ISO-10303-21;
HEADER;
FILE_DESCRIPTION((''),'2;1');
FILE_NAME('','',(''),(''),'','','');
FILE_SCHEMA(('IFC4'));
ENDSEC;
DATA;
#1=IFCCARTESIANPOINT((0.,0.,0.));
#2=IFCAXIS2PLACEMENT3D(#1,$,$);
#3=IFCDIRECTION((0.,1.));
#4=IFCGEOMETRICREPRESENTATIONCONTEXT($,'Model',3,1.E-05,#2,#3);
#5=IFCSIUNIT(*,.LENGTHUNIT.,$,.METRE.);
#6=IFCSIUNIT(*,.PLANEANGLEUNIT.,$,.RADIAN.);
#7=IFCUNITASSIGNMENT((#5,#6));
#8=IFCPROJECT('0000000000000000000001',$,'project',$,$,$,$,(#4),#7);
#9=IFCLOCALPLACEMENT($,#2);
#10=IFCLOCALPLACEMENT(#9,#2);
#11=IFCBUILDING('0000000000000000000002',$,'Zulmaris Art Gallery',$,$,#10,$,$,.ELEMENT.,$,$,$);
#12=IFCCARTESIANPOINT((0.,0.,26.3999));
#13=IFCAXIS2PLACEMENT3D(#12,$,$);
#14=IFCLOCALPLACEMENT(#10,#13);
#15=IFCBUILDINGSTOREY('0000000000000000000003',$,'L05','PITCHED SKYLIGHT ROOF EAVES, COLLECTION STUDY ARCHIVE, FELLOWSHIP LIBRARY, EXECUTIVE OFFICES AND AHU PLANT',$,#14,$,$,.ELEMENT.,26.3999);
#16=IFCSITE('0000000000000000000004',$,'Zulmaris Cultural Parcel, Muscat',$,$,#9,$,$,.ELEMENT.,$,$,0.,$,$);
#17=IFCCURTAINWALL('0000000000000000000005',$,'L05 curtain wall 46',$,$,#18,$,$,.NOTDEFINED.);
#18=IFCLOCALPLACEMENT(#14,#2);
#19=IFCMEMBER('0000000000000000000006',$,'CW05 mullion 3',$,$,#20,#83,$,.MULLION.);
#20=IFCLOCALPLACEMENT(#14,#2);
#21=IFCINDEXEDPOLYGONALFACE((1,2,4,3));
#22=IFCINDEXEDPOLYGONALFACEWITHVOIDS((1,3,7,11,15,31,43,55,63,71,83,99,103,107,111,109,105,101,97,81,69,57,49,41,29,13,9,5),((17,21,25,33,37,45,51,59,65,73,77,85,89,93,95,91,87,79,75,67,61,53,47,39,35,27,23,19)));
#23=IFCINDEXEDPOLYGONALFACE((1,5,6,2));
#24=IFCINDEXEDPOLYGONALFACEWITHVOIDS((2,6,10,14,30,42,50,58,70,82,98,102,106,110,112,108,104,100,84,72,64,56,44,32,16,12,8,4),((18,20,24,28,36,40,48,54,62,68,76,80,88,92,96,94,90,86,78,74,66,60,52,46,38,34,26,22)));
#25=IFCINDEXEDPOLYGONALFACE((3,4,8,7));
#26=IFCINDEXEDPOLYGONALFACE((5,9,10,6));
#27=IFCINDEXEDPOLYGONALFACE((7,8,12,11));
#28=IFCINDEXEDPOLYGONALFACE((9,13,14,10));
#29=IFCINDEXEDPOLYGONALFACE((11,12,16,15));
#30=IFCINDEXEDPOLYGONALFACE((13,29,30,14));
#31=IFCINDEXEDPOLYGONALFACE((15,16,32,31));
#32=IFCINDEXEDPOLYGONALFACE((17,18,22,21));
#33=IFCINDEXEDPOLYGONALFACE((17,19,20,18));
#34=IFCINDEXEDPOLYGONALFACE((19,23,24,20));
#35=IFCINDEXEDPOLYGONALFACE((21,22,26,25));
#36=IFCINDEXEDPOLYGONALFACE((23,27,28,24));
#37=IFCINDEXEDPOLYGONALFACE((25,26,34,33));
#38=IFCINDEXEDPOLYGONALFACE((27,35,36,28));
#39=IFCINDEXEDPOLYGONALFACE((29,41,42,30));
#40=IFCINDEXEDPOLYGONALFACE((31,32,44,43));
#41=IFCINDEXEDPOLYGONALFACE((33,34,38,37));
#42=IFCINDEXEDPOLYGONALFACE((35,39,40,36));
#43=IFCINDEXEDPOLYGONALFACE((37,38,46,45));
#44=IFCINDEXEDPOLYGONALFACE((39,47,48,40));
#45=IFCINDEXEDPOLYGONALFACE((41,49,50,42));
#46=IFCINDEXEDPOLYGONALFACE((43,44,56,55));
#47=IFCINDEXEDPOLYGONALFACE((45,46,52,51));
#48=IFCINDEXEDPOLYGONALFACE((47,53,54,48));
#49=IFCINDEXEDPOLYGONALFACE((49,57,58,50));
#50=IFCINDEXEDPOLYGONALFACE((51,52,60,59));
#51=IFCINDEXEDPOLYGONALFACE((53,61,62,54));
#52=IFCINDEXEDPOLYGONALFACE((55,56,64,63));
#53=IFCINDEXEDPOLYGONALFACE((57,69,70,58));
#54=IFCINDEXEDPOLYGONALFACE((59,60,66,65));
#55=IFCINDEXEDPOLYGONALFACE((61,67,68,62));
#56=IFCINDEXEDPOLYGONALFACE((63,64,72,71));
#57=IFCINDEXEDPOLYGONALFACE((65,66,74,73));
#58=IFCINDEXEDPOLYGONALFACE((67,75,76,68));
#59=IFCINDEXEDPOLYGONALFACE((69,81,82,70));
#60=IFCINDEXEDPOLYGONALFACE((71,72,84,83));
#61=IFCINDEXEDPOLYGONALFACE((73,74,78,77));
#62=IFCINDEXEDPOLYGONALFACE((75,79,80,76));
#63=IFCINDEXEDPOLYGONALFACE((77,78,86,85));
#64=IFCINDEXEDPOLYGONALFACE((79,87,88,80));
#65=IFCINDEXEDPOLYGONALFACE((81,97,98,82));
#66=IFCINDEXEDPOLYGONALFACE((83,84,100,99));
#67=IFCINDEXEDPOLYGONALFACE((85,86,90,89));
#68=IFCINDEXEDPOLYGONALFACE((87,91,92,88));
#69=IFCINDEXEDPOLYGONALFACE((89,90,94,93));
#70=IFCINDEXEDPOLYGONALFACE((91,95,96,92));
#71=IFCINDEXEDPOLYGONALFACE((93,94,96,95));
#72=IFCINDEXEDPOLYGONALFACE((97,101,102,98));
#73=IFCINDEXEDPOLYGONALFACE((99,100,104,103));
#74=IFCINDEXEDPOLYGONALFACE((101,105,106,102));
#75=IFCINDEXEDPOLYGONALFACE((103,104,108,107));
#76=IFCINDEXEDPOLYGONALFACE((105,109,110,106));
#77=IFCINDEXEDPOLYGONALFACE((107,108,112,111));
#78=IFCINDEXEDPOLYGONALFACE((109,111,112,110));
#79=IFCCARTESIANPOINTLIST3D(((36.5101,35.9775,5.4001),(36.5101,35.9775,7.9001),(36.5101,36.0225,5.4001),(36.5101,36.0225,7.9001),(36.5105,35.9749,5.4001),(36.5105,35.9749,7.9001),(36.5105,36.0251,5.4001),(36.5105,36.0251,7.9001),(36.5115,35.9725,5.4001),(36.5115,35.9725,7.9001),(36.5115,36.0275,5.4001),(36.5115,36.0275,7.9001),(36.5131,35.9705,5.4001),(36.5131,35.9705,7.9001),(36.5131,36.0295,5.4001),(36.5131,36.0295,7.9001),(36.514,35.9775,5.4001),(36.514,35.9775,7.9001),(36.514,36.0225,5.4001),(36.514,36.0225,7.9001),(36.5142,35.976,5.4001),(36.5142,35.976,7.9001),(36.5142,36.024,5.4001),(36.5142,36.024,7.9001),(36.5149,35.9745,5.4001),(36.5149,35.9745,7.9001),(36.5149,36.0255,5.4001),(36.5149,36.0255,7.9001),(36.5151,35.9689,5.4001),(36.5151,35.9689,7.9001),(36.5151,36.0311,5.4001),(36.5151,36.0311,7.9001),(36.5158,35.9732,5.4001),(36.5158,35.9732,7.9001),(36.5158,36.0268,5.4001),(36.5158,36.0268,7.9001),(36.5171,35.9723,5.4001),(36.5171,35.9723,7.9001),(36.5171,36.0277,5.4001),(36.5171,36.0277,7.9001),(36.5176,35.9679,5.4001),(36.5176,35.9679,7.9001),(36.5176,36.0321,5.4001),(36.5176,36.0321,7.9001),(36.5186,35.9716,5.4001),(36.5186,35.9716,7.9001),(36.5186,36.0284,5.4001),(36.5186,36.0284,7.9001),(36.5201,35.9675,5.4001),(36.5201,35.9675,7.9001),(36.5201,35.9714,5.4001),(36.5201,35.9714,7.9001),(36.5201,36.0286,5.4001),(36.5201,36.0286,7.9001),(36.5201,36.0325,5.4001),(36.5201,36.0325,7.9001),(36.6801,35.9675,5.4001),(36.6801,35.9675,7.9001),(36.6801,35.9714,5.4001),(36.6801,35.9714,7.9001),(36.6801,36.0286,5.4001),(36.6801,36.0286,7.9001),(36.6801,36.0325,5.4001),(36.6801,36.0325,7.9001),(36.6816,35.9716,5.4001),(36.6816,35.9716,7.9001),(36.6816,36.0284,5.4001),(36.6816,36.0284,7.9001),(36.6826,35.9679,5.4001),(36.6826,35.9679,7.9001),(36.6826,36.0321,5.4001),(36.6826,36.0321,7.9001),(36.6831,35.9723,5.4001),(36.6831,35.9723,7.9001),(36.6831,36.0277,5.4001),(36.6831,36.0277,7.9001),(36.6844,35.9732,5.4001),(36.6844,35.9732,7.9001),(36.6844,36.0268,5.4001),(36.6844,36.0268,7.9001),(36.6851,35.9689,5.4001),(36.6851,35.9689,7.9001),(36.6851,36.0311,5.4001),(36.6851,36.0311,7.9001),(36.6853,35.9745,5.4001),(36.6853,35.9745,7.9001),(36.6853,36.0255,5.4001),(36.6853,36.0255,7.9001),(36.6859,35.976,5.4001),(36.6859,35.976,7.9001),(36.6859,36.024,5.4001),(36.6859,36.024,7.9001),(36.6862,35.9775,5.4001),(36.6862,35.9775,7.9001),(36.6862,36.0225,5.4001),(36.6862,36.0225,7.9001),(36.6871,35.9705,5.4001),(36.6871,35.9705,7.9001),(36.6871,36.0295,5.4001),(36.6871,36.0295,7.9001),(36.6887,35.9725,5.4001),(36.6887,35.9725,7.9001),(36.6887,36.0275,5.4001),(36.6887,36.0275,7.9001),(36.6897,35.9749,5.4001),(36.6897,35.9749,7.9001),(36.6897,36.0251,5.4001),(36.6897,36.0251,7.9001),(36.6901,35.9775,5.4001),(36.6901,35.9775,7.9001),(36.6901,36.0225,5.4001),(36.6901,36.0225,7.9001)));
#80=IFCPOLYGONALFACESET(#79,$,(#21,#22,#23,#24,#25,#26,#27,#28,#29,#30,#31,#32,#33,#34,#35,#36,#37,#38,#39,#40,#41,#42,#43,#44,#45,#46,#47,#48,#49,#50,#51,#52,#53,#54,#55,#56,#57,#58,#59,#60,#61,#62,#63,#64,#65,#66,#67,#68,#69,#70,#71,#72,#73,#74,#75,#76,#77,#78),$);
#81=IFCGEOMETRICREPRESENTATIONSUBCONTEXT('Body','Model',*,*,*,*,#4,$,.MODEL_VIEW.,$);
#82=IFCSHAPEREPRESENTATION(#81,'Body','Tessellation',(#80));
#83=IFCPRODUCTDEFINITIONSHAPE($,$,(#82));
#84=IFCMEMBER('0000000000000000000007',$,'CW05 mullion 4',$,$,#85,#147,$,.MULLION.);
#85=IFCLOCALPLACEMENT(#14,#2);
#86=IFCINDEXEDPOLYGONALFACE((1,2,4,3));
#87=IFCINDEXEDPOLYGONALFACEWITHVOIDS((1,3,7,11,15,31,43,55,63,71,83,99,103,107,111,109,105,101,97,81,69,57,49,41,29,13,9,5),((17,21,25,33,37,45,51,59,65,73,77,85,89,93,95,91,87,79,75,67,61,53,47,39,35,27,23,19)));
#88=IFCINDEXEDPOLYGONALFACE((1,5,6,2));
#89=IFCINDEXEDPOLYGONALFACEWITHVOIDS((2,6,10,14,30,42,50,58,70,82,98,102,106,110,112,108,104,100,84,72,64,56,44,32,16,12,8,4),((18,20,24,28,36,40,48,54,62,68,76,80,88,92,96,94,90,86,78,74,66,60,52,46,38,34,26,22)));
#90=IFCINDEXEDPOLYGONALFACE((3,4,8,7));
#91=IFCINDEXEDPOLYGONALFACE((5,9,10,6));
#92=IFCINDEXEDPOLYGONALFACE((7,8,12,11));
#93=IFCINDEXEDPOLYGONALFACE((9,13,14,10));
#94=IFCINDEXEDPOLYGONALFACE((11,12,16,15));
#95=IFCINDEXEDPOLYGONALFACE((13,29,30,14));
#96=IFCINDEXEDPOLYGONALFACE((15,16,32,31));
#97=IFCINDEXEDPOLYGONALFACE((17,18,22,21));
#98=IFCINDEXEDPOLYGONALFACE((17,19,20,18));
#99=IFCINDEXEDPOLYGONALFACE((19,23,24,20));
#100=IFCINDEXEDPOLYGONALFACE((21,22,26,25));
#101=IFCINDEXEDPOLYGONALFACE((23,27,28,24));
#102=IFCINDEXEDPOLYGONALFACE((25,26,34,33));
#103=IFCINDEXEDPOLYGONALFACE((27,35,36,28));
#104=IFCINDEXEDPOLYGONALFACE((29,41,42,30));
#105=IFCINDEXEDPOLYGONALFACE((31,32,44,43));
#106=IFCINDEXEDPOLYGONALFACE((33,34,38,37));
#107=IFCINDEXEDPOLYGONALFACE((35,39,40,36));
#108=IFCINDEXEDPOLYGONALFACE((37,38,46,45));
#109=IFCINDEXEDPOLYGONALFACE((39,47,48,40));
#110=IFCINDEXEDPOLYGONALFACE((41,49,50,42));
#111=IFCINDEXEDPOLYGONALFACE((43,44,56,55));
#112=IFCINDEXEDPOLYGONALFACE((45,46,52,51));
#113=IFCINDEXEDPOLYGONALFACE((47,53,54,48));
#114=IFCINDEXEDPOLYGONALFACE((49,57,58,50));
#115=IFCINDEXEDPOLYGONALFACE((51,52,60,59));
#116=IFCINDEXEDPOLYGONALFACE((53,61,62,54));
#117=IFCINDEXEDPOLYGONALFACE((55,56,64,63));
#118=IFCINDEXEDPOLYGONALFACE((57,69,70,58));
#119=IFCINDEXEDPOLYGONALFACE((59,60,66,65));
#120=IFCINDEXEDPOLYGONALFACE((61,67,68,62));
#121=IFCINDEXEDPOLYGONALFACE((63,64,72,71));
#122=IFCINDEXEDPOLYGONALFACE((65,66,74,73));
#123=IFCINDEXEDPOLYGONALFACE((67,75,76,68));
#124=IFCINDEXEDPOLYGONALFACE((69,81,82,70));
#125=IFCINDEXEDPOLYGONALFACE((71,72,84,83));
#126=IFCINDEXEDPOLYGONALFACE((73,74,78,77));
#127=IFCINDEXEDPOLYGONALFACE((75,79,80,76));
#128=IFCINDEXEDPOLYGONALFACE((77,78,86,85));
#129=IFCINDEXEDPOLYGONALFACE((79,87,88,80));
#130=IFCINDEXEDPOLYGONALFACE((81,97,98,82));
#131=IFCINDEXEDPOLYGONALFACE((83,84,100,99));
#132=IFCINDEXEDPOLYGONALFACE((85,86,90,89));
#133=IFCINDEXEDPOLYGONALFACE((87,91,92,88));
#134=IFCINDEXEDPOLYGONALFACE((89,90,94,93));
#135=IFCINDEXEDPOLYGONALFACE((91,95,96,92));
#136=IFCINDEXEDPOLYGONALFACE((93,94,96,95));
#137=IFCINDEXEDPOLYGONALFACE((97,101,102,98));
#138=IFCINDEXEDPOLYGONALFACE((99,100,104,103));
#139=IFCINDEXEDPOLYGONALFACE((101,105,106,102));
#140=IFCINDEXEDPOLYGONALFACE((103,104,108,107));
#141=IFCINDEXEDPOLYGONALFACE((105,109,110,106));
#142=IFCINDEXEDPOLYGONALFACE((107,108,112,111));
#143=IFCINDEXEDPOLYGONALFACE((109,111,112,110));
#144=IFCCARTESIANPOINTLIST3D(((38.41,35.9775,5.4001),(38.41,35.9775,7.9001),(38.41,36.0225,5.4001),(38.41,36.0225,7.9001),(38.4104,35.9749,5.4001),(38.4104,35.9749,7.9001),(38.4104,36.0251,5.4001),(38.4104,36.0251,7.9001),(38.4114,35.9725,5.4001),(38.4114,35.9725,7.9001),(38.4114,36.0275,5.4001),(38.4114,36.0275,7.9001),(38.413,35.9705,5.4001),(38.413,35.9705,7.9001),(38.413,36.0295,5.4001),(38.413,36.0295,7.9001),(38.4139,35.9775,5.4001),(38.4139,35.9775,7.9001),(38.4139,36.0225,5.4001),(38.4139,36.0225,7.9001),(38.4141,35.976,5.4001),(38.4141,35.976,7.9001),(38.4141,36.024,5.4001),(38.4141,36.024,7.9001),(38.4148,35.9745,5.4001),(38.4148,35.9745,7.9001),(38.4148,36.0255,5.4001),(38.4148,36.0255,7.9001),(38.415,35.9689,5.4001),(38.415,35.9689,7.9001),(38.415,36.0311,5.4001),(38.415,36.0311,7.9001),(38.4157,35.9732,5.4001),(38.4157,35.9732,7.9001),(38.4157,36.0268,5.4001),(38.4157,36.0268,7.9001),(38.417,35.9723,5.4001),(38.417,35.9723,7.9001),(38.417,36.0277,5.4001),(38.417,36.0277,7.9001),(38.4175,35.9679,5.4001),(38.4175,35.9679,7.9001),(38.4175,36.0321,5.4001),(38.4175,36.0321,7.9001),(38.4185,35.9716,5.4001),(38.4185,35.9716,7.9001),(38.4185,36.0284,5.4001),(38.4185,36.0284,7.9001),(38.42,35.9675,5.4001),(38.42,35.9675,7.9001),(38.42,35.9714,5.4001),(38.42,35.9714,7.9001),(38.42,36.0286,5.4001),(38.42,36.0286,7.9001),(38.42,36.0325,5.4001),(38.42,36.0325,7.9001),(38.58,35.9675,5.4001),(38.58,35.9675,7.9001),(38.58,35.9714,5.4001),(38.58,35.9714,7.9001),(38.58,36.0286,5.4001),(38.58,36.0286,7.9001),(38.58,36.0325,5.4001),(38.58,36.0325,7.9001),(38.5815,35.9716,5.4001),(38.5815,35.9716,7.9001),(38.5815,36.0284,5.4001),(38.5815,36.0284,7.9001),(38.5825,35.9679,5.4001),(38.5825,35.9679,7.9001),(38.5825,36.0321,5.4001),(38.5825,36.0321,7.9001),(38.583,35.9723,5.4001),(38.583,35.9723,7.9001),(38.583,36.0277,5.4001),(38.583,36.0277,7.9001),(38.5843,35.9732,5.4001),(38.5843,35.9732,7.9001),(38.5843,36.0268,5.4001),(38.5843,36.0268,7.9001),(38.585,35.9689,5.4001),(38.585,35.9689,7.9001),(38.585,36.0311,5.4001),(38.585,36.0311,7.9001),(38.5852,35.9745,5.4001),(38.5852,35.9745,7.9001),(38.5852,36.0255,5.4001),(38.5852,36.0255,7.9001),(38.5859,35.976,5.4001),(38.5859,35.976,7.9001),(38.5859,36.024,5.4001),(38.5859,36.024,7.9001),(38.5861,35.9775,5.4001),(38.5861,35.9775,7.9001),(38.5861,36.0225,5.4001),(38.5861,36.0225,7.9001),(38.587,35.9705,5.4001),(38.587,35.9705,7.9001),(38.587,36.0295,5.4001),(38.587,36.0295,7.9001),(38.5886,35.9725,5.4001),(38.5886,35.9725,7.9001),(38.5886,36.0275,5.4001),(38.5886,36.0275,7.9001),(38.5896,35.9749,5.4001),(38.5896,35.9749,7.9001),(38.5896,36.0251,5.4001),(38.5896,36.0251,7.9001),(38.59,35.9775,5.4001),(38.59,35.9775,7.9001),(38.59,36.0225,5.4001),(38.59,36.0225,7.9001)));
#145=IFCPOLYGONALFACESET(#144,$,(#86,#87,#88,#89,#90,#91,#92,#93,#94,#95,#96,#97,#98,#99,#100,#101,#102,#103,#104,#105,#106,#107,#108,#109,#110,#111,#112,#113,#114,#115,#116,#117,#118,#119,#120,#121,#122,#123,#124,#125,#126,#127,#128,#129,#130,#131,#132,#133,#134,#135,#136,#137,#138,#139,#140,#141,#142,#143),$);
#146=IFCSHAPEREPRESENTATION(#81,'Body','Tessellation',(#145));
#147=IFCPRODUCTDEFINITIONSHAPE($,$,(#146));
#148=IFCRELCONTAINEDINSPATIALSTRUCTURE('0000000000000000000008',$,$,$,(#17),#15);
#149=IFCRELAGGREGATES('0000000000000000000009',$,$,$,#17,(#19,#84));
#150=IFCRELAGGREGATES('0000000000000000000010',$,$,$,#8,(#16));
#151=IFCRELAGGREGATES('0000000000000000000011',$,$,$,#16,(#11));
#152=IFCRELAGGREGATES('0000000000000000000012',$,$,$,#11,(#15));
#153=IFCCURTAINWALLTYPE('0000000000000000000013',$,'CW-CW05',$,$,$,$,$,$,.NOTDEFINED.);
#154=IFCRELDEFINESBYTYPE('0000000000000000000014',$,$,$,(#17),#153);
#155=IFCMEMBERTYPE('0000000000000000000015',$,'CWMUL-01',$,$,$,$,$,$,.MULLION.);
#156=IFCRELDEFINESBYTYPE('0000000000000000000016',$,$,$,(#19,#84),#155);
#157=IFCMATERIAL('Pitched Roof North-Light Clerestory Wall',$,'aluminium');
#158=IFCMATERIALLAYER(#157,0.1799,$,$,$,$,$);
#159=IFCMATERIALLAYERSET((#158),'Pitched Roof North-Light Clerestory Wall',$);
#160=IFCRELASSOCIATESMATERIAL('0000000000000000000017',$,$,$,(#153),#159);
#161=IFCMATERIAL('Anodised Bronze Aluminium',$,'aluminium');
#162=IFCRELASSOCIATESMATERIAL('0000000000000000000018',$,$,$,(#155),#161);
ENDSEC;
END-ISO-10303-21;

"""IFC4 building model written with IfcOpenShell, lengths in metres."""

from ifc_helpers import new_model, si_unit, direction, frame, origin, origin_2d, place, context, subcontext, project, spatial, hollow_rectangle, extrude, material, layer, layer_set, material_profile, profile_set, type_object, element, aggregate, save


model = new_model("IFC4")

# Units and contexts
model_context = context("Model", 3, precision=1e-05, world=origin(), true_north=direction((0.0, 1.0)))
body_context = subcontext(model_context, "Body", "Model", "MODEL_VIEW")
ifc_project = project(units=[si_unit("LENGTHUNIT", "METRE"), si_unit("PLANEANGLEUNIT", "RADIAN")], contexts=[model_context])

# Site, building, storey
site_placement = place(None, origin())
site = spatial("IfcSite", under=ifc_project, at=site_placement, Name="Zulmaris Cultural Parcel, Muscat", CompositionType="ELEMENT", RefElevation=0.0)
building_placement = place(site_placement, origin())
building = spatial("IfcBuilding", under=site, at=building_placement, Name="Zulmaris Art Gallery", CompositionType="ELEMENT")
storey_placement = place(building_placement, frame((0.0, 0.0, 26.3999)))
storey = spatial("IfcBuildingStorey", under=building, at=storey_placement, Name="L05", Description="PITCHED SKYLIGHT ROOF EAVES, COLLECTION STUDY ARCHIVE, FELLOWSHIP LIBRARY, EXECUTIVE OFFICES AND AHU PLANT", CompositionType="ELEMENT", Elevation=26.3999)

# Curtain wall, members
ifc_material_1 = material(Name="Pitched Roof North-Light Clerestory Wall", Category="aluminium")
ifc_layer_1 = layer(ifc_material_1, 0.1799)
ifc_layer_set_1 = layer_set([ifc_layer_1], Name="Pitched Roof North-Light Clerestory Wall")
curtain_wall_type = type_object("IfcCurtainWallType", Name="CW-CW05", PredefinedType="NOTDEFINED", material=ifc_layer_set_1)
curtain_wall_placement = place(storey_placement, origin())
curtain_wall = element("IfcCurtainWall", 1, at=curtain_wall_placement, inside=storey, type_object=curtain_wall_type, Name="L05 curtain wall 46", PredefinedType="NOTDEFINED")
ifc_material_2 = material(Name="Anodised Bronze Aluminium", Category="aluminium")
ifc_material_profile_1 = material_profile(ifc_material_2, hollow_rectangle(XDim=0.0649, YDim=0.1799, WallThickness=0.0039, InnerFilletRadius=0.0061, OuterFilletRadius=0.01, at=origin_2d()), Name="ALU 65x180x4")
ifc_profile_set_1 = profile_set([ifc_material_profile_1], Name="Anodised Bronze Aluminium")
member_type_1 = type_object("IfcMemberType", Name="CWMUL-01", PredefinedType="MULLION", material=ifc_profile_set_1)
member_1_placement = place(storey_placement, frame((36.6001, 36.0, 5.4001), z_axis=(0.0, 0.0, 1.0), x_axis=(0.0, 1.0, 0.0)))
member_1 = element("IfcMember", 2, at=member_1_placement, type_object=member_type_1, Name="CW05 mullion 3", PredefinedType="MULLION", context=body_context, shape_type="SweptSolid", body=[
    extrude(hollow_rectangle(XDim=0.0649, YDim=0.1799, WallThickness=0.0039, InnerFilletRadius=0.0061, OuterFilletRadius=0.01, at=origin_2d()), origin(), (0.0, 0.0, 1.0), 2.5),
])
member_2_placement = place(storey_placement, frame((38.5, 36.0, 5.4001), z_axis=(0.0, 0.0, 1.0), x_axis=(0.0, 1.0, 0.0)))
member_2 = element("IfcMember", 3, at=member_2_placement, type_object=member_type_1, Name="CW05 mullion 4", PredefinedType="MULLION", context=body_context, shape_type="SweptSolid", body=[
    extrude(hollow_rectangle(XDim=0.0649, YDim=0.1799, WallThickness=0.0039, InnerFilletRadius=0.0061, OuterFilletRadius=0.01, at=origin_2d()), origin(), (0.0, 0.0, 1.0), 2.5),
])

aggregate(curtain_wall, [member_1, member_2])

save(model, "model.ifc")
